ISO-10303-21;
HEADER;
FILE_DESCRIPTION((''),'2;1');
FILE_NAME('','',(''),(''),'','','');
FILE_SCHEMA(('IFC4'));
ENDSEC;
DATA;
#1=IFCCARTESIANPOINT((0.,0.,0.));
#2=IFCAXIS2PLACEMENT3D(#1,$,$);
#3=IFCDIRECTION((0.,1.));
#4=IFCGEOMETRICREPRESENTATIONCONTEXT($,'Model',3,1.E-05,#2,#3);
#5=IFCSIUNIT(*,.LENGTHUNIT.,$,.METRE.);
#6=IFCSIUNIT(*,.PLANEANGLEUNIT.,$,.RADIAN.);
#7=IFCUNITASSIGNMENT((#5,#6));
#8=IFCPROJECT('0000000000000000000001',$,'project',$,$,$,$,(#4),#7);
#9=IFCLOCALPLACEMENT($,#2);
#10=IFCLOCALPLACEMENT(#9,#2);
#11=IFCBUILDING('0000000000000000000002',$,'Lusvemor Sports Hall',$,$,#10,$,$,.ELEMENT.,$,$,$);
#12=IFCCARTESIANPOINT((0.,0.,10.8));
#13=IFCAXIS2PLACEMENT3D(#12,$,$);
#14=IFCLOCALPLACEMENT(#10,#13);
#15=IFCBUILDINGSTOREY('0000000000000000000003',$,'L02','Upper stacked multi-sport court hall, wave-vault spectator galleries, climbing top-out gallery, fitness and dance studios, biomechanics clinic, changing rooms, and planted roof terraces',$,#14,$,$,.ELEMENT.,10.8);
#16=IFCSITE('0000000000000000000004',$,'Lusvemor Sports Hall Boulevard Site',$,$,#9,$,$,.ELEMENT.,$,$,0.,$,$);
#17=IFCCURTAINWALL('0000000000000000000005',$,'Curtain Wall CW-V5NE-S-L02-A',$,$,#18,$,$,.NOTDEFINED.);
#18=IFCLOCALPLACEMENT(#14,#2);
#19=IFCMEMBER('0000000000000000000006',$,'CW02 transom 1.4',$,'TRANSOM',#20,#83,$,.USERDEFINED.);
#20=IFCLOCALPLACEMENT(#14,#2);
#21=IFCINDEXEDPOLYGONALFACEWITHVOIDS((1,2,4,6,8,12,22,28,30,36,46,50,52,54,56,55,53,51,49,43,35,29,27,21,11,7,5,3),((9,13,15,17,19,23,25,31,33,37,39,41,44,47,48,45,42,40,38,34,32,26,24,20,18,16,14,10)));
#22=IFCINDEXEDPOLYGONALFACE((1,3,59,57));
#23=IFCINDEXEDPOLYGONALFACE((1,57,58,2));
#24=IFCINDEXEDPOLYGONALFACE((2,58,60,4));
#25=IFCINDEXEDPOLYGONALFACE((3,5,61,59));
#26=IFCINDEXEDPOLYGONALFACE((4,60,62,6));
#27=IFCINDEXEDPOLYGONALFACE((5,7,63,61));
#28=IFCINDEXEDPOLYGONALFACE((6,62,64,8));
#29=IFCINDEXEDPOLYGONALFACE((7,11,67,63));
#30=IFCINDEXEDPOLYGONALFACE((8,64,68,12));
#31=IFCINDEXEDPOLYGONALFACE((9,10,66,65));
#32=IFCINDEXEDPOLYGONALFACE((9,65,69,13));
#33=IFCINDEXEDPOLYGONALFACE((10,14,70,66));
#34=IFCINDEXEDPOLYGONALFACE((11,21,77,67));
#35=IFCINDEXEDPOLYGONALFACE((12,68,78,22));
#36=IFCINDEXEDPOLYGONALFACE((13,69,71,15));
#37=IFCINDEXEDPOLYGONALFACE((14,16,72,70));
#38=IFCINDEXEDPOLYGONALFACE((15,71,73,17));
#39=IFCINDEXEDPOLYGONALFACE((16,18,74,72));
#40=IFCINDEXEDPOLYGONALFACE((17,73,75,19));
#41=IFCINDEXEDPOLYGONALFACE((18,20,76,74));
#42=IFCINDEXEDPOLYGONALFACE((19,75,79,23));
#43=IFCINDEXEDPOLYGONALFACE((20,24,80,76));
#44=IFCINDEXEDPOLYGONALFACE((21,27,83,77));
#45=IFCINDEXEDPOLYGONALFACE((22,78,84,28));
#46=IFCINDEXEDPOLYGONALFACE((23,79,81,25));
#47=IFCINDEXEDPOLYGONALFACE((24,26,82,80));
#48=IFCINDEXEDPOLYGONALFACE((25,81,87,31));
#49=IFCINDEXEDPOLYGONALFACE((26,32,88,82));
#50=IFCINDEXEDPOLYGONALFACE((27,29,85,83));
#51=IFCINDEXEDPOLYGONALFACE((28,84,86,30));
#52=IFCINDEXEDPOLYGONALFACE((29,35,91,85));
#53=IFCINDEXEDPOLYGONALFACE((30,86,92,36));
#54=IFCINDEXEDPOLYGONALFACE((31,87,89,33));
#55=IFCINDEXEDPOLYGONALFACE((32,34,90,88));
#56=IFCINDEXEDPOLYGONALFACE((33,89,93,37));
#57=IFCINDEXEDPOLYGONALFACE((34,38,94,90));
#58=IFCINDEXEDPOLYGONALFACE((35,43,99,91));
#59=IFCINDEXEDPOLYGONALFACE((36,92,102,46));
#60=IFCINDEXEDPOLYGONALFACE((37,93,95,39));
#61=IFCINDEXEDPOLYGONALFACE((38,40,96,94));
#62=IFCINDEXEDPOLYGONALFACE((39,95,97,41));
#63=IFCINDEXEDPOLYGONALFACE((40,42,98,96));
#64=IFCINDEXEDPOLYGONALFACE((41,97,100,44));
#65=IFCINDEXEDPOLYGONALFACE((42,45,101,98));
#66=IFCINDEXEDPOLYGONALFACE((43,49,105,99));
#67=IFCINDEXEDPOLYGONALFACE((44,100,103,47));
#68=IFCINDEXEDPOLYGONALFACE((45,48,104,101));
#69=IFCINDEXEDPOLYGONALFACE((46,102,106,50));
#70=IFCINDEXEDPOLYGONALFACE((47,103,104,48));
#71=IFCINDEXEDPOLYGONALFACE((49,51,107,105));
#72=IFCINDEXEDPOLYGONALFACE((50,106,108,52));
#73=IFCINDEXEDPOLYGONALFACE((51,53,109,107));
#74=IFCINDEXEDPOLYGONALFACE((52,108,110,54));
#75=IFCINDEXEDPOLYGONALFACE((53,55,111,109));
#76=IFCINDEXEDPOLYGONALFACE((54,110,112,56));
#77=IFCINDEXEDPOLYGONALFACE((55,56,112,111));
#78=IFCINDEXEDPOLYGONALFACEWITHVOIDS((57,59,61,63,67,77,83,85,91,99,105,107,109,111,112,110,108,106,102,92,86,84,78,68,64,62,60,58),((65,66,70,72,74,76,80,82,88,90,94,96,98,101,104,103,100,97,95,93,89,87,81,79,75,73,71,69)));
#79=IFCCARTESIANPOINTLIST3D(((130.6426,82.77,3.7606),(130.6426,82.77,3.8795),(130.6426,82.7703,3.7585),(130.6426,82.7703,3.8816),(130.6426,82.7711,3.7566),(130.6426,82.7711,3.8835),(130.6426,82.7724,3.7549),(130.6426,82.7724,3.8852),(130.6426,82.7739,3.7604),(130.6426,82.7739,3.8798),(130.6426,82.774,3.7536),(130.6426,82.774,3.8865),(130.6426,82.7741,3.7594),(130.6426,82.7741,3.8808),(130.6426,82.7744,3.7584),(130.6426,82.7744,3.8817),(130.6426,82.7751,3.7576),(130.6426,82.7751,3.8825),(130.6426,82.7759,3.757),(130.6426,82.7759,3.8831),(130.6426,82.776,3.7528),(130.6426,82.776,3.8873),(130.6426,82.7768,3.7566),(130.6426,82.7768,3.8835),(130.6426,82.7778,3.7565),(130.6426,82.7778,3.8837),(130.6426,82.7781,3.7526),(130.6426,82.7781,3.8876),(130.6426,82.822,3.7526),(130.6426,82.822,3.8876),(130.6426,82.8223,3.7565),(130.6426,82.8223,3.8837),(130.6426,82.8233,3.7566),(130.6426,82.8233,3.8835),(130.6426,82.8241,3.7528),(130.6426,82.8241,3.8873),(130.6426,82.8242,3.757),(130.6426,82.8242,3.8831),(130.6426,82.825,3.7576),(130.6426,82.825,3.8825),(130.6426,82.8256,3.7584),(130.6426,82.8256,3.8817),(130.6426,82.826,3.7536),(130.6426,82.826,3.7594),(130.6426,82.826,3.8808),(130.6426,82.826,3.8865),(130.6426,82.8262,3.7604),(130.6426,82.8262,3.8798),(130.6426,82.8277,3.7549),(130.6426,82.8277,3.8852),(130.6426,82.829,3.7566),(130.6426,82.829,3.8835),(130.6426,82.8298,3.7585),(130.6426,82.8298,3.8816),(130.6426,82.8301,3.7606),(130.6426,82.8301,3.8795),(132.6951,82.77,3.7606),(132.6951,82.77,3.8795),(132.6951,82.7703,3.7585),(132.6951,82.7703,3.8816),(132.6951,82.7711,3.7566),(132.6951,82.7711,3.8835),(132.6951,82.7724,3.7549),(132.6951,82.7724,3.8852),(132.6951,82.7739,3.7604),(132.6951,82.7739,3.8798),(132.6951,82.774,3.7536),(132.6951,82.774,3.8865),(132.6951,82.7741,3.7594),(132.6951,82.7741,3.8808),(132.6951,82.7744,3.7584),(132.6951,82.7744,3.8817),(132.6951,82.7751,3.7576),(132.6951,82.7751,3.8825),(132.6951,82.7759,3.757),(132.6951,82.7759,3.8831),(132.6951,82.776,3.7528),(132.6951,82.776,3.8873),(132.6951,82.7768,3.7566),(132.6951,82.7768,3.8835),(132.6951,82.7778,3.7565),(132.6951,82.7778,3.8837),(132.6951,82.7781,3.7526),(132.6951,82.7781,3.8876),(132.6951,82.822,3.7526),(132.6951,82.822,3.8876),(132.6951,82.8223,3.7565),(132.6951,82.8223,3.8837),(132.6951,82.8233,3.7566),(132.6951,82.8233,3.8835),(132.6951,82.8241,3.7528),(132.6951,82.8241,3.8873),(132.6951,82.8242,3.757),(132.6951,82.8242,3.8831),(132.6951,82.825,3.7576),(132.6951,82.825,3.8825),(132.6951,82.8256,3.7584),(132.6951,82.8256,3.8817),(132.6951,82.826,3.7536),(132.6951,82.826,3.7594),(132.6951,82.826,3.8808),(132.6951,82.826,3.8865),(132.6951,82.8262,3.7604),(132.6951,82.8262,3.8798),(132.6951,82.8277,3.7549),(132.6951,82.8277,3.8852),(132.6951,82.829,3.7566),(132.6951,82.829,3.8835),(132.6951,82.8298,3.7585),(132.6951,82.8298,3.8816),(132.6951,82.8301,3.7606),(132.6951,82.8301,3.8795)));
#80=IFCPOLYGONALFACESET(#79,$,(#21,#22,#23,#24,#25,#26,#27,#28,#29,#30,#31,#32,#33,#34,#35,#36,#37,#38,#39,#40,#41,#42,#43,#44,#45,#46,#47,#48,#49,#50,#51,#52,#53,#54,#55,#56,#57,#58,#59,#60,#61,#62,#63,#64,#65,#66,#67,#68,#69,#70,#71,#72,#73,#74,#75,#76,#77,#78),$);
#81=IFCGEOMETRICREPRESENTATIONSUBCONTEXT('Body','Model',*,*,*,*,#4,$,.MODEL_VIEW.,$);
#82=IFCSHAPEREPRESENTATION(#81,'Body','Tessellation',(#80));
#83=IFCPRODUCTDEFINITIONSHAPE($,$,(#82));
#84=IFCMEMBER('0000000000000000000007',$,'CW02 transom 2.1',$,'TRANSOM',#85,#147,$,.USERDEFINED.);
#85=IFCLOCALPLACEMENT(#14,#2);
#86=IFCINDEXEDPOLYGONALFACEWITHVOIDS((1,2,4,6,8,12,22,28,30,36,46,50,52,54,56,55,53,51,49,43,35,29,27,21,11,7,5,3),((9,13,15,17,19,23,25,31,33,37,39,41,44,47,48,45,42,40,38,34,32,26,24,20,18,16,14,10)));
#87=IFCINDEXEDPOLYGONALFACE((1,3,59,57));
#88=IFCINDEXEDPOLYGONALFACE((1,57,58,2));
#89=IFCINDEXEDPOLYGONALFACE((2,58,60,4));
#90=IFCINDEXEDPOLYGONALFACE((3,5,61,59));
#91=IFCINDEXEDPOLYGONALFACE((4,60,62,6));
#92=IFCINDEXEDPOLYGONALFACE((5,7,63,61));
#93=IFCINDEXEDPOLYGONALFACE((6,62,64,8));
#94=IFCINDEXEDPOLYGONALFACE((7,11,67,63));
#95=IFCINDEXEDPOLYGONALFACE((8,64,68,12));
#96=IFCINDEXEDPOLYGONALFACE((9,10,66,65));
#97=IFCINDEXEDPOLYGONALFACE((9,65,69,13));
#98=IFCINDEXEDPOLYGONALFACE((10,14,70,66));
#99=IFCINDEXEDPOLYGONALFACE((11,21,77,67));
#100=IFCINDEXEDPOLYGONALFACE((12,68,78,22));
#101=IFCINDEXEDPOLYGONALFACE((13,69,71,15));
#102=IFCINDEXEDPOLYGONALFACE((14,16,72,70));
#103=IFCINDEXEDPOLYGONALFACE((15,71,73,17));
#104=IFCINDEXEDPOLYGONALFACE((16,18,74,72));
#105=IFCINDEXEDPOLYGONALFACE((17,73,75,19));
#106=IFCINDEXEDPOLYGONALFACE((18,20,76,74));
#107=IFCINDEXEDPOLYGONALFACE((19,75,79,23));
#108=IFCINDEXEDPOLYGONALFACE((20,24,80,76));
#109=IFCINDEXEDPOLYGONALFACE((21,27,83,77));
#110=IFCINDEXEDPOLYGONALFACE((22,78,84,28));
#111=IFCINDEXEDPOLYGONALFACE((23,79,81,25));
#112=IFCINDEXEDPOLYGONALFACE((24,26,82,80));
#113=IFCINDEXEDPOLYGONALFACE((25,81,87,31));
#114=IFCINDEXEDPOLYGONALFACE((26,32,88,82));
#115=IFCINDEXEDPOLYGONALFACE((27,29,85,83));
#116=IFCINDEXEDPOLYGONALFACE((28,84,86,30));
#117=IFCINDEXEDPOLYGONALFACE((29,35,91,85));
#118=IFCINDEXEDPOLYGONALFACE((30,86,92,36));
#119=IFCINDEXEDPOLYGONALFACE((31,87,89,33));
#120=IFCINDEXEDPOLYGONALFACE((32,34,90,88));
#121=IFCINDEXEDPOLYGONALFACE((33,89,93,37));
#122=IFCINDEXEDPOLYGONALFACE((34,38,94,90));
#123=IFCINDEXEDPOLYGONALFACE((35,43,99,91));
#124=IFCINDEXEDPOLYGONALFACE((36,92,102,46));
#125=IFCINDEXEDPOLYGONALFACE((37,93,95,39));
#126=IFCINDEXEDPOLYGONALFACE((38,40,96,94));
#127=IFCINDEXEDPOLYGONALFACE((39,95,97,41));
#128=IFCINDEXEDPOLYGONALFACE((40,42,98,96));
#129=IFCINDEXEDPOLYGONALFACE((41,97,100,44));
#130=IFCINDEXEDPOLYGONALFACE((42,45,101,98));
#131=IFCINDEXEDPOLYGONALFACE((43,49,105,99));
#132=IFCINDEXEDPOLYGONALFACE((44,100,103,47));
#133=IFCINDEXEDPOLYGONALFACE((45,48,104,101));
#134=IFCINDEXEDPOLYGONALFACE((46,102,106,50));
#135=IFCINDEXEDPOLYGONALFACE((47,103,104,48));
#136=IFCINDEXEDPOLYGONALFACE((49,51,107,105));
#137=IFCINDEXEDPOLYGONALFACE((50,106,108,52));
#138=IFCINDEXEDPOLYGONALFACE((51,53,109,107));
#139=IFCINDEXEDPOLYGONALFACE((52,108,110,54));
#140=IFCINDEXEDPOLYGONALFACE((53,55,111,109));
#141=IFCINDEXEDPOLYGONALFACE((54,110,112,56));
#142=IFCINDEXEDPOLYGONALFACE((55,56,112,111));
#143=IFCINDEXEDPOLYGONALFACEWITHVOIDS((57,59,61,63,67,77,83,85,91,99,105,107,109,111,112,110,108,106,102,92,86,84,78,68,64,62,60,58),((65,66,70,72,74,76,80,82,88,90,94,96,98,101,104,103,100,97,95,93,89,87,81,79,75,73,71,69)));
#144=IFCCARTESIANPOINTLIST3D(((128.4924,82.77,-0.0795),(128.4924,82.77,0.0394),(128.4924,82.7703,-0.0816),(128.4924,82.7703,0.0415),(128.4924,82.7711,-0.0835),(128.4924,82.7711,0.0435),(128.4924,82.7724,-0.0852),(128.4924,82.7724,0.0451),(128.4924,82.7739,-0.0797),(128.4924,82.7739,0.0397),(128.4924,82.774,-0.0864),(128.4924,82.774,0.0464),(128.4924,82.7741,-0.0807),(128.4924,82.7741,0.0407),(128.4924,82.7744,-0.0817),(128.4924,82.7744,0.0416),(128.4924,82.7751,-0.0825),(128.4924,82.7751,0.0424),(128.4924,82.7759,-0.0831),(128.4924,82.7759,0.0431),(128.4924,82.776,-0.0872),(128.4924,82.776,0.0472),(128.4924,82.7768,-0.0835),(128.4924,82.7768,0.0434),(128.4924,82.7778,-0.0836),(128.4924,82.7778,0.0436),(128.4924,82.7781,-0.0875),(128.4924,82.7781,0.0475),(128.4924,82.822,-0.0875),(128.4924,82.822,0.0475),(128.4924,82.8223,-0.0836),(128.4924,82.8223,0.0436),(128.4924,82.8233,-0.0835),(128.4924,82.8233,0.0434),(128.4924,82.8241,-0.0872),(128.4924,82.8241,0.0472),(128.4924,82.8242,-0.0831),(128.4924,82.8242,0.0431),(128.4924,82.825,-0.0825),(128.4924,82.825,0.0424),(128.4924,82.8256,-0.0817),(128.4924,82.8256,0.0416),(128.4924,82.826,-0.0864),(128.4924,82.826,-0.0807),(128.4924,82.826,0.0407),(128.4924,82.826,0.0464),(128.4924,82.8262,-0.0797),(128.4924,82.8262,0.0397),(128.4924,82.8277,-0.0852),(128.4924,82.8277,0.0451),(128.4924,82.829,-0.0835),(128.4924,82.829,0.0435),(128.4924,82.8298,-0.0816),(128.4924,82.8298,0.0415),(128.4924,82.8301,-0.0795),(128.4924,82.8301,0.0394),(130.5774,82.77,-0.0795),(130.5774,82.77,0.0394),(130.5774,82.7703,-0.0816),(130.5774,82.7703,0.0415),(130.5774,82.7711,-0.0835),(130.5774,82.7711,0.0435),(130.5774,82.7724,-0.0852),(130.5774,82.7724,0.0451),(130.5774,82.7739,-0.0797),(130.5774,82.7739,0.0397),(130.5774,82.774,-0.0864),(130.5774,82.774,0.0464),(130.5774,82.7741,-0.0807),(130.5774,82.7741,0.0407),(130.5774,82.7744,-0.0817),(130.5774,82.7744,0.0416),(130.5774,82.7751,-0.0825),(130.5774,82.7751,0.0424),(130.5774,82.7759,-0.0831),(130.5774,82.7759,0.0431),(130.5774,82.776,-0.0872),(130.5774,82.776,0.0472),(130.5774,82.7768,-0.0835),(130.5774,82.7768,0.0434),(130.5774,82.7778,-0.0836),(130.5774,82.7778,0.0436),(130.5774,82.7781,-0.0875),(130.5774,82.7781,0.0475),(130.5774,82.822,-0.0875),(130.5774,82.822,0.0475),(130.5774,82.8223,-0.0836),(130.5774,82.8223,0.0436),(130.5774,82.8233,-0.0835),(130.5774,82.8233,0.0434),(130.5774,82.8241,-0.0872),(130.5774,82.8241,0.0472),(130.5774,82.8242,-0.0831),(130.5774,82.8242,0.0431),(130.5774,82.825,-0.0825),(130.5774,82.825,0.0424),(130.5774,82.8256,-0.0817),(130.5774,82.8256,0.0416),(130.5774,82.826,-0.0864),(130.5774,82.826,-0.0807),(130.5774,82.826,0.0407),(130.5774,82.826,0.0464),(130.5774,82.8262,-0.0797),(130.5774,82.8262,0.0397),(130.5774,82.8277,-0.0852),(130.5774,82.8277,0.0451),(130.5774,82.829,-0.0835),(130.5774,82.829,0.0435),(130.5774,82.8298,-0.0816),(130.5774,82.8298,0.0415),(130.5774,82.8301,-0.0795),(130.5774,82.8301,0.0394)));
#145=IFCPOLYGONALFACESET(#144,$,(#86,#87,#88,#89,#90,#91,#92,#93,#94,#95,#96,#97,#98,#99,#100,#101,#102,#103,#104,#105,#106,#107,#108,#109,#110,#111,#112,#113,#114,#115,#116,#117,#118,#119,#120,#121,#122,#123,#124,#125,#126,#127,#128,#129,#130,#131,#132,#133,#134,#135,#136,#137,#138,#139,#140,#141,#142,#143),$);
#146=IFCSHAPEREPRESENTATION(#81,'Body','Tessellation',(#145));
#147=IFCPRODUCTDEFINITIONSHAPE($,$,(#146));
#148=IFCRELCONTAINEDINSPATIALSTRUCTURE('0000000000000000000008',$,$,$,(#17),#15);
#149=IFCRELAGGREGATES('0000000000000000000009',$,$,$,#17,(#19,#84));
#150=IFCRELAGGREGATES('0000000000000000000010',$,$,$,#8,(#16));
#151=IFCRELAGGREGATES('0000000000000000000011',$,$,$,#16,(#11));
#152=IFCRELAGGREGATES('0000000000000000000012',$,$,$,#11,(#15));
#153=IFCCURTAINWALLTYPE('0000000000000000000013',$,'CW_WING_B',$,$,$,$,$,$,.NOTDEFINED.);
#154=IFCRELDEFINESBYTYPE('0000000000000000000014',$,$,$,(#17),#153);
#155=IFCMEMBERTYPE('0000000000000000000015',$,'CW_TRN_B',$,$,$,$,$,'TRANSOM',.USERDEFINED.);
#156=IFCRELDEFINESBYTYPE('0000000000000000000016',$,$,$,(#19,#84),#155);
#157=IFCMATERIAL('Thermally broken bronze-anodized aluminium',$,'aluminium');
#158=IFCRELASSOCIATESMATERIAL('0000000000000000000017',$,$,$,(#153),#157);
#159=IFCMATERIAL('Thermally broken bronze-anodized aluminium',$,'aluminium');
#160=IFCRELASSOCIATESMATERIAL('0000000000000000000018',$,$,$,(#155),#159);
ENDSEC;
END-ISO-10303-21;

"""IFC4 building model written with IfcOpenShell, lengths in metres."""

from ifc_helpers import new_model, si_unit, direction, frame, origin, origin_2d, place, context, subcontext, project, spatial, hollow_rectangle, extrude, material, material_profile, profile_set, type_object, element, aggregate, save


model = new_model("IFC4")

# Units and contexts
model_context = context("Model", 3, precision=1e-05, world=origin(), true_north=direction((0.0, 1.0)))
body_context = subcontext(model_context, "Body", "Model", "MODEL_VIEW")
ifc_project = project(units=[si_unit("LENGTHUNIT", "METRE"), si_unit("PLANEANGLEUNIT", "RADIAN")], contexts=[model_context])

# Site, building, storey
site_placement = place(None, origin())
site = spatial("IfcSite", under=ifc_project, at=site_placement, Name="Lusvemor Sports Hall Boulevard Site", CompositionType="ELEMENT", RefElevation=0.0)
building_placement = place(site_placement, origin())
building = spatial("IfcBuilding", under=site, at=building_placement, Name="Lusvemor Sports Hall", CompositionType="ELEMENT")
storey_placement = place(building_placement, frame((0.0, 0.0, 10.8)))
storey = spatial("IfcBuildingStorey", under=building, at=storey_placement, Name="L02", Description="Upper stacked multi-sport court hall, wave-vault spectator galleries, climbing top-out gallery, fitness and dance studios, biomechanics clinic, changing rooms, and planted roof terraces", CompositionType="ELEMENT", Elevation=10.8)

# Curtain wall, members
ifc_material_1 = material(Name="Thermally broken bronze-anodized aluminium", Category="aluminium")
curtain_wall_type = type_object("IfcCurtainWallType", Name="CW_WING_B", PredefinedType="NOTDEFINED", material=ifc_material_1)
curtain_wall_placement = place(storey_placement, origin())
curtain_wall = element("IfcCurtainWall", 1, at=curtain_wall_placement, inside=storey, type_object=curtain_wall_type, Name="Curtain Wall CW-V5NE-S-L02-A", PredefinedType="NOTDEFINED")
ifc_material_2 = material(Name="Thermally broken bronze-anodized aluminium", Category="aluminium")
ifc_material_profile_1 = material_profile(ifc_material_2, hollow_rectangle(XDim=0.0601, YDim=0.135, WallThickness=0.0039, InnerFilletRadius=0.0039, OuterFilletRadius=0.0081, at=origin_2d()), Name="CWTRN135x60x4")
ifc_profile_set_1 = profile_set([ifc_material_profile_1], Name="Thermally broken bronze-anodized aluminium")
member_type_1 = type_object("IfcMemberType", Name="CW_TRN_B", ElementType="TRANSOM", PredefinedType="USERDEFINED", material=ifc_profile_set_1)
member_1_placement = place(storey_placement, frame((132.6951, 82.8, 3.8201), z_axis=(-1.0, 0.0, 0.0), x_axis=(0.0, -1.0, 0.0)))
member_1 = element("IfcMember", 2, at=member_1_placement, type_object=member_type_1, Name="CW02 transom 1.4", ObjectType="TRANSOM", PredefinedType="USERDEFINED", context=body_context, shape_type="SweptSolid", body=[
    extrude(hollow_rectangle(XDim=0.0601, YDim=0.135, WallThickness=0.0039, InnerFilletRadius=0.0039, OuterFilletRadius=0.0081, at=origin_2d()), origin(), (0.0, 0.0, 1.0), 2.0525),
])
member_2_placement = place(storey_placement, frame((130.5774, 82.8, -0.02), z_axis=(-1.0, 0.0, 0.0), x_axis=(0.0, -1.0, 0.0)))
member_2 = element("IfcMember", 3, at=member_2_placement, type_object=member_type_1, Name="CW02 transom 2.1", ObjectType="TRANSOM", PredefinedType="USERDEFINED", context=body_context, shape_type="SweptSolid", body=[
    extrude(hollow_rectangle(XDim=0.0601, YDim=0.135, WallThickness=0.0039, InnerFilletRadius=0.0039, OuterFilletRadius=0.0081, at=origin_2d()), origin(), (0.0, 0.0, 1.0), 2.085),
])

aggregate(curtain_wall, [member_1, member_2])

save(model, "model.ifc")
